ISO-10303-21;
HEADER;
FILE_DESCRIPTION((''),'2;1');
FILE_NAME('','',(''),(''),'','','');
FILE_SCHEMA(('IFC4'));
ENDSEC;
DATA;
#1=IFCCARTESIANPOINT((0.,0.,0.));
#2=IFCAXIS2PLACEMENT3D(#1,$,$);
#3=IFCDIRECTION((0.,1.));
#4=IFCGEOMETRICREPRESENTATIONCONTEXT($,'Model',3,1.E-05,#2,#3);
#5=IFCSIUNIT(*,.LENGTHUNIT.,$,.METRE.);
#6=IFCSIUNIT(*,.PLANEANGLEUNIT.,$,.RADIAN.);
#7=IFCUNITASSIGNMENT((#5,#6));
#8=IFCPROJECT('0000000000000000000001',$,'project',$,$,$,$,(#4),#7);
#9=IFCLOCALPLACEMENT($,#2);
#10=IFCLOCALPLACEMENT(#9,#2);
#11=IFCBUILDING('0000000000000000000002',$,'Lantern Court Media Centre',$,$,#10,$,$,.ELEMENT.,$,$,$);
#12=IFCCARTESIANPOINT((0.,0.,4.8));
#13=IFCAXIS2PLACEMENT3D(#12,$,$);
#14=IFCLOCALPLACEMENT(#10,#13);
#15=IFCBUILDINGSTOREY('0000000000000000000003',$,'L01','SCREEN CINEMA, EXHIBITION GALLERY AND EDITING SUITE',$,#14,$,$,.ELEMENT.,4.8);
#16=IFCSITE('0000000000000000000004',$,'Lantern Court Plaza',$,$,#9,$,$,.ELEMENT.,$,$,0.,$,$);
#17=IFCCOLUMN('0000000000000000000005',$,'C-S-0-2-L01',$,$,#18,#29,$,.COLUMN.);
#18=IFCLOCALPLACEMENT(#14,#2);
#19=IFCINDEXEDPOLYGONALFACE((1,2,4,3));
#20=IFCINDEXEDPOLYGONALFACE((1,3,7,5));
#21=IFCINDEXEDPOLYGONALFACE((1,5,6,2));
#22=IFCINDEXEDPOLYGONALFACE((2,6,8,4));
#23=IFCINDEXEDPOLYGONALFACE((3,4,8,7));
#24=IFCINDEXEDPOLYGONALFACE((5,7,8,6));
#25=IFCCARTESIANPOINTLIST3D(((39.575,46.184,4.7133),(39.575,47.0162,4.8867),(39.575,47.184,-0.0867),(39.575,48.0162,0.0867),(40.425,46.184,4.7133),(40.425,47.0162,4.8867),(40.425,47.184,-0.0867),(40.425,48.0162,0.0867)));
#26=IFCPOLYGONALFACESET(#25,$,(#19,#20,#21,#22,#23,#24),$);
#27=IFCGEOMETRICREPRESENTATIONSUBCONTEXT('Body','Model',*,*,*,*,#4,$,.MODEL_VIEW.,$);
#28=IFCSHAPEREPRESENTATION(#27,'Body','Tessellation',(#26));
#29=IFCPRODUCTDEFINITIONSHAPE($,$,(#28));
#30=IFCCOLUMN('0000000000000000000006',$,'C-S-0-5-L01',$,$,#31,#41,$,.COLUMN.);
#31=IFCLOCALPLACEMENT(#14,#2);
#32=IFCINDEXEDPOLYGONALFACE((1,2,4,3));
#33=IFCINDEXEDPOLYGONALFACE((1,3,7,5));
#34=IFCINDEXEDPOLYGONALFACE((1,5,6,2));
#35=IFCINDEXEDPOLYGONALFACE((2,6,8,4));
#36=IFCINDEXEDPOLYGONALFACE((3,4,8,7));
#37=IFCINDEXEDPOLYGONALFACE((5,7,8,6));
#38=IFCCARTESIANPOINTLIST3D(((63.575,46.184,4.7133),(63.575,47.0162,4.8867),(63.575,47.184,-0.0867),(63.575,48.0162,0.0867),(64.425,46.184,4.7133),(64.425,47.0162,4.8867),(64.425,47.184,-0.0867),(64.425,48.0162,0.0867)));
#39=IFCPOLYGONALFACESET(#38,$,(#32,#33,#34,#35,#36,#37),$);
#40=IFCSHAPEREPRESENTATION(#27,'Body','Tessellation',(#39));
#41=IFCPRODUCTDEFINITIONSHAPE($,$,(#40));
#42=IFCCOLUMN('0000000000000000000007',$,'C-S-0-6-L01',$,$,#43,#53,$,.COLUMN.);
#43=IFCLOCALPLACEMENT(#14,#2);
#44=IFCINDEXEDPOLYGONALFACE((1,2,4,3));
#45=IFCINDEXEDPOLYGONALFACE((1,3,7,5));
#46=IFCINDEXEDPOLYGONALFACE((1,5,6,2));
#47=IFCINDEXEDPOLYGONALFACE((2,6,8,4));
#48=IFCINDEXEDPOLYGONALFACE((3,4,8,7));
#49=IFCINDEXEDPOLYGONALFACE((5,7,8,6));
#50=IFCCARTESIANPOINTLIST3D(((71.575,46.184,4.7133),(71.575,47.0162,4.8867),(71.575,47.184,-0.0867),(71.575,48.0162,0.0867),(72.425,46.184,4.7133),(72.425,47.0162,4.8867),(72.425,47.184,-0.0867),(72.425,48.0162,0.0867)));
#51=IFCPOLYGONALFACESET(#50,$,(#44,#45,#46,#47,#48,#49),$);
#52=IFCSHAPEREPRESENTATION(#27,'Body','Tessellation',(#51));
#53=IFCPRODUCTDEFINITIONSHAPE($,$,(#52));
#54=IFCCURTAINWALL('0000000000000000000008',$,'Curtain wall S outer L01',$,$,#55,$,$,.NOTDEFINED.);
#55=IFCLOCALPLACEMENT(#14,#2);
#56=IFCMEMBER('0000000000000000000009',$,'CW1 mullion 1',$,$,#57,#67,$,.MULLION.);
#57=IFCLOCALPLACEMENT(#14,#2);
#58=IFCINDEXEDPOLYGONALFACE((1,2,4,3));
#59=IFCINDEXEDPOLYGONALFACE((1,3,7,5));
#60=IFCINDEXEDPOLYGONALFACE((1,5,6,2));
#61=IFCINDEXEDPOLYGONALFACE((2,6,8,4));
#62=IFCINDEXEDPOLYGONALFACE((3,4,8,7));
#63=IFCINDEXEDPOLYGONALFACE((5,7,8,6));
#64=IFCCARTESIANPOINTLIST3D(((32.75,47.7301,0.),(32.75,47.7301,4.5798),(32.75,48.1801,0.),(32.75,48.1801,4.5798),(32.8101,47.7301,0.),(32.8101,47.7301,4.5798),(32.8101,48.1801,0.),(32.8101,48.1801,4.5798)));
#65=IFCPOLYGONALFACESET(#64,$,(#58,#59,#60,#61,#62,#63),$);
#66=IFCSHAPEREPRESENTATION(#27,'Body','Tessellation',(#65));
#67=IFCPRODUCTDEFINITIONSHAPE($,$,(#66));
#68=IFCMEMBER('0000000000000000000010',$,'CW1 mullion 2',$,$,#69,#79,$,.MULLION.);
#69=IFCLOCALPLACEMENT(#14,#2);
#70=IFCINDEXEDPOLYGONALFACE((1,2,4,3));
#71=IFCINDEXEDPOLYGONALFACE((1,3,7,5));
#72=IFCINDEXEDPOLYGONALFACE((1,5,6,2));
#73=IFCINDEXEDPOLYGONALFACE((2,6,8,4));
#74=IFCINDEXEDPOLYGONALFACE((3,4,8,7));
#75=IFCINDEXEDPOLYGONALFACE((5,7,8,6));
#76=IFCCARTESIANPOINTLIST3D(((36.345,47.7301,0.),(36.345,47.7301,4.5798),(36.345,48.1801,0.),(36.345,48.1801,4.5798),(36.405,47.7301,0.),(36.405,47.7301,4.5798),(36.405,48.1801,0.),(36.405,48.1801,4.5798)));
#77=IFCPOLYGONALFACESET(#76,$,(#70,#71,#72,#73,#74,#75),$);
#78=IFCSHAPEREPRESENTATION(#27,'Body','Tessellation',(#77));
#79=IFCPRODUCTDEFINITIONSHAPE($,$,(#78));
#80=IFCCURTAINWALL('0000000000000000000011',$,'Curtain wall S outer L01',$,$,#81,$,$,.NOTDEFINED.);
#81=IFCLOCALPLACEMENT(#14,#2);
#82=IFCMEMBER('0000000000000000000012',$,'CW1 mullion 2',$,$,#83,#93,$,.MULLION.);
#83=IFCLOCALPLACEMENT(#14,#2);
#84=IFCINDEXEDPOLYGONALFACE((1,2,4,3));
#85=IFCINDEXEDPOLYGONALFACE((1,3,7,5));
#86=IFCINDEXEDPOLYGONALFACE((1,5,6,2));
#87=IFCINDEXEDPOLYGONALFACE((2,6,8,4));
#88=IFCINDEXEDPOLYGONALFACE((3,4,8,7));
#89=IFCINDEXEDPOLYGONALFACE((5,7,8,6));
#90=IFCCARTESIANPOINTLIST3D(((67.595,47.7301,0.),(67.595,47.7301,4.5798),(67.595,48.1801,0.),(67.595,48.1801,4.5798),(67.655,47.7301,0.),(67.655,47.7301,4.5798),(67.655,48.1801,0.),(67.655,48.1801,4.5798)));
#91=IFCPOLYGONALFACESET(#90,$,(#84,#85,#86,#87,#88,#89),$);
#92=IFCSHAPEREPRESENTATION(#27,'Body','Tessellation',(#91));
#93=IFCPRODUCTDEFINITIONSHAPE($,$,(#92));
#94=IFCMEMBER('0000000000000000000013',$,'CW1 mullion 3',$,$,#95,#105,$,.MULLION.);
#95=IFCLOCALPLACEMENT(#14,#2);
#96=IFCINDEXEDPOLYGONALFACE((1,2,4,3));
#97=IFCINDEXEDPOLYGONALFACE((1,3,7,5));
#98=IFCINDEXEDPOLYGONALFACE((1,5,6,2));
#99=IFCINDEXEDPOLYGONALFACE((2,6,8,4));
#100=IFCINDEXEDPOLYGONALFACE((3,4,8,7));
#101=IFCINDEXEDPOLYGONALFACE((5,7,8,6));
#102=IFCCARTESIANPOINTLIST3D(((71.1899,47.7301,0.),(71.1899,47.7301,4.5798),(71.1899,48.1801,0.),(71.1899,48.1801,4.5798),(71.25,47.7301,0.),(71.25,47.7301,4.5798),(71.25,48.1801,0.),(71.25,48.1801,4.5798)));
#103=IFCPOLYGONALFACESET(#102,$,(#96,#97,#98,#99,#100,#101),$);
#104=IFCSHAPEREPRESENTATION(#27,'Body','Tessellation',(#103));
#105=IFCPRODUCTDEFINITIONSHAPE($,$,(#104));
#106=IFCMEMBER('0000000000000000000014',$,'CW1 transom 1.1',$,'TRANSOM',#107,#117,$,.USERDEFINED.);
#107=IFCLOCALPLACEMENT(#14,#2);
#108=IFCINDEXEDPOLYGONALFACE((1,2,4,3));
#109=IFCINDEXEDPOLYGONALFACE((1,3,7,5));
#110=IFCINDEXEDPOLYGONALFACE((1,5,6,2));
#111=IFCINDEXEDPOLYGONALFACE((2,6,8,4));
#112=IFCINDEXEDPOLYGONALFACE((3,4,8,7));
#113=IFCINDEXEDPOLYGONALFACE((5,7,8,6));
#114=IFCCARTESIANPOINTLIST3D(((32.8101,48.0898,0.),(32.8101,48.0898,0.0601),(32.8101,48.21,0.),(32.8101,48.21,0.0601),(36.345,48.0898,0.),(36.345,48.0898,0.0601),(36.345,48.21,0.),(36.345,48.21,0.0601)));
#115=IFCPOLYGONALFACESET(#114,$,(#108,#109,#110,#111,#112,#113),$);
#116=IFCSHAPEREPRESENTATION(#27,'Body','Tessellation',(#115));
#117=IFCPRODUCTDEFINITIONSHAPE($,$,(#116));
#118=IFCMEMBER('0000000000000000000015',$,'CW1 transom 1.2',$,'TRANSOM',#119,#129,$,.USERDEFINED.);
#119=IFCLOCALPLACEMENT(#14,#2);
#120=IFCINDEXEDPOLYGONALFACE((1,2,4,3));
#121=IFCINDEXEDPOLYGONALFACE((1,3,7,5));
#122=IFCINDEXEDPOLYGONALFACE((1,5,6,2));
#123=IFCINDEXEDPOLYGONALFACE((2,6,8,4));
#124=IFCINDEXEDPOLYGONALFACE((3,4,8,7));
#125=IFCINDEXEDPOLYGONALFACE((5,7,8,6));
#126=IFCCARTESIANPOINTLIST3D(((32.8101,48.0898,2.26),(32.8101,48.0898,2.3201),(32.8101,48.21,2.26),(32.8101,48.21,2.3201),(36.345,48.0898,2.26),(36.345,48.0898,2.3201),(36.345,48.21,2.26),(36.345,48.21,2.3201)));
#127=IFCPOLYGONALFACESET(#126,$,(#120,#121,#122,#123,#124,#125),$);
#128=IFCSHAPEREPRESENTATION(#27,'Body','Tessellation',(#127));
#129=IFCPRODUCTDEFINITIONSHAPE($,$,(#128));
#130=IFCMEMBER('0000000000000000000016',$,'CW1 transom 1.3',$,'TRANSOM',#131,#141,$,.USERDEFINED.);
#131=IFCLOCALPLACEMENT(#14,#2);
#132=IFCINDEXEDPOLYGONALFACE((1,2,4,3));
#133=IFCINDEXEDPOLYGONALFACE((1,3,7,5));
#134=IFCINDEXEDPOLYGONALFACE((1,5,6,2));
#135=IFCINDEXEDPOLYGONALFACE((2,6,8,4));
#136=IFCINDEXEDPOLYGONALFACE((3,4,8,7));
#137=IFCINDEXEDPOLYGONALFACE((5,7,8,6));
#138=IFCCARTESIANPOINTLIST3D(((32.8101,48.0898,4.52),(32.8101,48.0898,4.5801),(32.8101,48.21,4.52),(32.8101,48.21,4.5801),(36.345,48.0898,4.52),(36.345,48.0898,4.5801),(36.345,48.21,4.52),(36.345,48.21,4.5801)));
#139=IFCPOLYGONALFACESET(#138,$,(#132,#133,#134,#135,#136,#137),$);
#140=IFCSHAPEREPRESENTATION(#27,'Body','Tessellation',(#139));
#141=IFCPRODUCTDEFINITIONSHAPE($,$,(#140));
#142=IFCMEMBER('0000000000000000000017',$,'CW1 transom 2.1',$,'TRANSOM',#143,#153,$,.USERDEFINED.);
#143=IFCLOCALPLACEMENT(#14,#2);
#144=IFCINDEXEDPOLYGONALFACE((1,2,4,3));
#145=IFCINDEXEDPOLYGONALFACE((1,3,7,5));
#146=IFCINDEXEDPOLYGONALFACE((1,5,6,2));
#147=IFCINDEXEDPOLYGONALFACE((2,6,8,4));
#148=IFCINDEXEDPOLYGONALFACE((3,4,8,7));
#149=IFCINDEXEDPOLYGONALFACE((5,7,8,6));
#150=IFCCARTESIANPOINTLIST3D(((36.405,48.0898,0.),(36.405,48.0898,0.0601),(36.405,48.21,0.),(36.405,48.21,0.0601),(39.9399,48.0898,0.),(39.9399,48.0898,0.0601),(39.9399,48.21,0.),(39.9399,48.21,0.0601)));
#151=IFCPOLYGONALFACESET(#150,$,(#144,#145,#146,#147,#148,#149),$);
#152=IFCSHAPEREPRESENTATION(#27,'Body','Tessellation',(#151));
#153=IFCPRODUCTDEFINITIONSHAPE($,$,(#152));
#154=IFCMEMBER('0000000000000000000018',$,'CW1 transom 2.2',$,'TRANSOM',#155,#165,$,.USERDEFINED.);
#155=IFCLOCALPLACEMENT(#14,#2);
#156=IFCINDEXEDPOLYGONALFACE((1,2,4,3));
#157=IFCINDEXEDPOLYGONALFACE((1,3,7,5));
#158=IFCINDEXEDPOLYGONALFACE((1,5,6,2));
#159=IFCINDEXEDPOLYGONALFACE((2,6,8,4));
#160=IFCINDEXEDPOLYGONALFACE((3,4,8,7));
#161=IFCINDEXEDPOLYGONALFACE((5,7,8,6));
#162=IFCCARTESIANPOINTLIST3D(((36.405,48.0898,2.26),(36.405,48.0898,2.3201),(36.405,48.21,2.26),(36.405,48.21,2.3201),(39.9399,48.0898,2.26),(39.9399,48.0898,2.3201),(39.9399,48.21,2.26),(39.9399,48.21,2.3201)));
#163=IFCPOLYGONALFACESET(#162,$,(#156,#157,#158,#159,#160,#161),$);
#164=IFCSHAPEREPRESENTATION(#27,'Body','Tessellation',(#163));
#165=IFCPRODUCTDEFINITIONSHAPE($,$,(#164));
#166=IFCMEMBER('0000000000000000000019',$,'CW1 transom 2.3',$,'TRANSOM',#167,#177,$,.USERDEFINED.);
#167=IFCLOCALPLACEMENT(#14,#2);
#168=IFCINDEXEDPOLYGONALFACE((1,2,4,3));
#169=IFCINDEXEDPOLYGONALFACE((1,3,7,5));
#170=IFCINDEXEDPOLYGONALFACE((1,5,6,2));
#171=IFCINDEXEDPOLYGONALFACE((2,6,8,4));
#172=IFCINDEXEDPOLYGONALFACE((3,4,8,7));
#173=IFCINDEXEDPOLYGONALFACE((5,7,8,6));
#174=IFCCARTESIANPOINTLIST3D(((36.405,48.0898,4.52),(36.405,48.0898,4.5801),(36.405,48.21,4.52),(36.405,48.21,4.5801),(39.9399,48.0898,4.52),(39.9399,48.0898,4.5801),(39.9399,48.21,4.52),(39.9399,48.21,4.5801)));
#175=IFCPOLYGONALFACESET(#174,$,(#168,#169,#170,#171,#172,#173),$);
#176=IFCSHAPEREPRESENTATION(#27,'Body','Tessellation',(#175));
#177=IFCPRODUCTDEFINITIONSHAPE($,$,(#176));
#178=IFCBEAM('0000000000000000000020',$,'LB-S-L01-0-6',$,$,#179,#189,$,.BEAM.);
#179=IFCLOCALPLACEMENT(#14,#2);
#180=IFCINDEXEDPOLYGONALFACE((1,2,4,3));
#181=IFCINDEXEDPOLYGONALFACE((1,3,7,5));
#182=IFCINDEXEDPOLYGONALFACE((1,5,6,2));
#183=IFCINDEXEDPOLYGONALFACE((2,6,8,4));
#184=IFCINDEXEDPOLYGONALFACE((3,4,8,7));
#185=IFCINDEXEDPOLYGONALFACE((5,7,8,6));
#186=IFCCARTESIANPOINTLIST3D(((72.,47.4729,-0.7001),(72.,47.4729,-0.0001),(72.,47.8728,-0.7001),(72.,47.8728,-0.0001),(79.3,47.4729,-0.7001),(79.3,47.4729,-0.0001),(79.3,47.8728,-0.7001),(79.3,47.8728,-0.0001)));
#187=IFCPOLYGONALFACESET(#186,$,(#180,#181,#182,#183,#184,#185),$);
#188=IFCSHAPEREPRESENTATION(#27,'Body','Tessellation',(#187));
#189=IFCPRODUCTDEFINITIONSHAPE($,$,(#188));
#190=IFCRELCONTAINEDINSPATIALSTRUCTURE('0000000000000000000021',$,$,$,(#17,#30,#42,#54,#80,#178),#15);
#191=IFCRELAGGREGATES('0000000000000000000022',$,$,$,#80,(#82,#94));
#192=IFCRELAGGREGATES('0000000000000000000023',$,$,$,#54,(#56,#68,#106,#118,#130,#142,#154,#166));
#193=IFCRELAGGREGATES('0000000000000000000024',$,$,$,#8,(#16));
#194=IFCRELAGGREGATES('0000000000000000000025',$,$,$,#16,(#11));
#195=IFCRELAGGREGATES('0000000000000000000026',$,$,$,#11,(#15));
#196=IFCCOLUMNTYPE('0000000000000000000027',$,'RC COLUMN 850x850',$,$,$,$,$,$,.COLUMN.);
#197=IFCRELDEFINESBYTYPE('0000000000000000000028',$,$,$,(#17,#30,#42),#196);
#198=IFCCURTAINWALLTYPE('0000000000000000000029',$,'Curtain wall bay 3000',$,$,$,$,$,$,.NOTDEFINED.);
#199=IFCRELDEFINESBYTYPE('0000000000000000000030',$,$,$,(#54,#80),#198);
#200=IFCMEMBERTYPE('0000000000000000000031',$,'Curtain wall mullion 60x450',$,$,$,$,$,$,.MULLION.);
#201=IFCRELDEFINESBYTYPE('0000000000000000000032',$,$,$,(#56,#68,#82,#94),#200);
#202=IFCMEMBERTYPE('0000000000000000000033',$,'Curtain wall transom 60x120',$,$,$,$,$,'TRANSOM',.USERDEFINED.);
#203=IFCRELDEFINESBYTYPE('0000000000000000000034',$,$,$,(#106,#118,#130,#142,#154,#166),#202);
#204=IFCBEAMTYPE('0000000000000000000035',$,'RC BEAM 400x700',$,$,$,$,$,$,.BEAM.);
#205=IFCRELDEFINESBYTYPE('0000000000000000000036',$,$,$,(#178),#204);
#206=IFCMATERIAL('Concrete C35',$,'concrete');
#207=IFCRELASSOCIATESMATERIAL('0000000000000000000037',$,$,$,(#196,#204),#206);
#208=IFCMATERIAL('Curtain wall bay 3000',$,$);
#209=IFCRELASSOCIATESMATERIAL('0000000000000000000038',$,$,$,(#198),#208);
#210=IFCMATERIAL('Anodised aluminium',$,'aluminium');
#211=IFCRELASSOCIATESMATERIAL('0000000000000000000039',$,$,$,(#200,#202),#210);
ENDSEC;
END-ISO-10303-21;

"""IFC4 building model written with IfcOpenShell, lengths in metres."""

from ifc_helpers import new_model, si_unit, direction, frame, origin, origin_2d, place, context, subcontext, project, spatial, rectangle, extrude, material, material_profile, profile_set, type_object, element, aggregate, save


model = new_model("IFC4")

# Units and contexts
model_context = context("Model", 3, precision=1e-05, world=origin(), true_north=direction((0.0, 1.0)))
body_context = subcontext(model_context, "Body", "Model", "MODEL_VIEW")
ifc_project = project(units=[si_unit("LENGTHUNIT", "METRE"), si_unit("PLANEANGLEUNIT", "RADIAN")], contexts=[model_context])

# Site, building, storey
site_placement = place(None, origin())
site = spatial("IfcSite", under=ifc_project, at=site_placement, Name="Lantern Court Plaza", CompositionType="ELEMENT", RefElevation=0.0)
building_placement = place(site_placement, origin())
building = spatial("IfcBuilding", under=site, at=building_placement, Name="Lantern Court Media Centre", CompositionType="ELEMENT")
storey_placement = place(building_placement, frame((0.0, 0.0, 4.8)))
storey = spatial("IfcBuildingStorey", under=building, at=storey_placement, Name="L01", Description="SCREEN CINEMA, EXHIBITION GALLERY AND EDITING SUITE", CompositionType="ELEMENT", Elevation=4.8)

# Columns
ifc_material_1 = material(Name="Concrete C35", Category="concrete")
ifc_material_profile_1 = material_profile(ifc_material_1, rectangle(XDim=0.8501, YDim=0.8501, at=origin_2d()), Name="RC 850x850")
ifc_profile_set_1 = profile_set([ifc_material_profile_1], Name="Concrete C35")
column_type = type_object("IfcColumnType", Name="RC COLUMN 850x850", PredefinedType="COLUMN", material=ifc_profile_set_1)
for number, where, z_axis, x_axis, name in (
    (1, (40.0, 47.6001, 0.0), (0.0, -0.203952, 0.978981), (1.0, 0.0, 0.0), "C-S-0-2-L01"),
    (2, (64.0, 47.6001, 0.0), (0.0, -0.203952, 0.978981), (1.0, 0.0, 0.0), "C-S-0-5-L01"),
    (3, (72.0, 47.6001, 0.0), (0.0, -0.203952, 0.978981), (1.0, 0.0, 0.0), "C-S-0-6-L01"),
):
    element("IfcColumn", number, at=place(storey_placement, frame(where, z_axis=z_axis, x_axis=x_axis)), inside=storey, type_object=column_type, Name=name, PredefinedType="COLUMN", context=body_context, shape_type="SweptSolid", body=[
        extrude(rectangle(XDim=0.8501, YDim=0.8501, at=origin_2d()), origin(), (0.0, 0.0, 1.0), 4.9031),
    ])

# Curtain walls, members
ifc_material_2 = material(Name="Curtain wall bay 3000")
curtain_wall_type = type_object("IfcCurtainWallType", Name="Curtain wall bay 3000", PredefinedType="NOTDEFINED", material=ifc_material_2)
curtain_wall_1_placement = place(storey_placement, origin())
curtain_wall_1 = element("IfcCurtainWall", 4, at=curtain_wall_1_placement, inside=storey, type_object=curtain_wall_type, Name="Curtain wall S outer L01", PredefinedType="NOTDEFINED")
ifc_material_3 = material(Name="Anodised aluminium", Category="aluminium")
ifc_material_profile_2 = material_profile(ifc_material_3, rectangle(XDim=0.45, YDim=0.0601, at=origin_2d()), Name="AL 60x450")
ifc_profile_set_2 = profile_set([ifc_material_profile_2], Name="Anodised aluminium")
member_type_1 = type_object("IfcMemberType", Name="Curtain wall mullion 60x450", PredefinedType="MULLION", material=ifc_profile_set_2)
member_1_placement = place(storey_placement, frame((32.78, 47.9551, 0.0), z_axis=(0.0, 0.0, 1.0), x_axis=(0.0, 1.0, 0.0)))
member_1 = element("IfcMember", 5, at=member_1_placement, type_object=member_type_1, Name="CW1 mullion 1", PredefinedType="MULLION", context=body_context, shape_type="SweptSolid", body=[
    extrude(rectangle(XDim=0.45, YDim=0.0601, at=origin_2d()), origin(), (0.0, 0.0, 1.0), 4.5798),
])
member_2_placement = place(storey_placement, frame((36.375, 47.9551, 0.0), z_axis=(0.0, 0.0, 1.0), x_axis=(0.0, 1.0, 0.0)))
member_2 = element("IfcMember", 6, at=member_2_placement, type_object=member_type_1, Name="CW1 mullion 2", PredefinedType="MULLION", context=body_context, shape_type="SweptSolid", body=[
    extrude(rectangle(XDim=0.45, YDim=0.0601, at=origin_2d()), origin(), (0.0, 0.0, 1.0), 4.5798),
])
curtain_wall_2_placement = place(storey_placement, origin())
curtain_wall_2 = element("IfcCurtainWall", 7, at=curtain_wall_2_placement, inside=storey, type_object=curtain_wall_type, Name="Curtain wall S outer L01", PredefinedType="NOTDEFINED")
member_3_placement = place(storey_placement, frame((67.625, 47.9551, 0.0), z_axis=(0.0, 0.0, 1.0), x_axis=(0.0, 1.0, 0.0)))
member_3 = element("IfcMember", 8, at=member_3_placement, type_object=member_type_1, Name="CW1 mullion 2", PredefinedType="MULLION", context=body_context, shape_type="SweptSolid", body=[
    extrude(rectangle(XDim=0.45, YDim=0.0601, at=origin_2d()), origin(), (0.0, 0.0, 1.0), 4.5798),
])
member_4_placement = place(storey_placement, frame((71.22, 47.9551, 0.0), z_axis=(0.0, 0.0, 1.0), x_axis=(0.0, 1.0, 0.0)))
member_4 = element("IfcMember", 9, at=member_4_placement, type_object=member_type_1, Name="CW1 mullion 3", PredefinedType="MULLION", context=body_context, shape_type="SweptSolid", body=[
    extrude(rectangle(XDim=0.45, YDim=0.0601, at=origin_2d()), origin(), (0.0, 0.0, 1.0), 4.5798),
])
aggregate(curtain_wall_2, [member_3, member_4])

# Members
ifc_material_profile_3 = material_profile(ifc_material_3, rectangle(XDim=0.1201, YDim=0.0601, at=origin_2d()), Name="AL 60x120")
ifc_profile_set_3 = profile_set([ifc_material_profile_3], Name="Anodised aluminium")
member_type_2 = type_object("IfcMemberType", Name="Curtain wall transom 60x120", ElementType="TRANSOM", PredefinedType="USERDEFINED", material=ifc_profile_set_3)
member_5_placement = place(storey_placement, frame((32.8101, 48.1499, 0.03), z_axis=(1.0, 0.0, 0.0), x_axis=(0.0, 1.0, 0.0)))
member_5 = element("IfcMember", 10, at=member_5_placement, type_object=member_type_2, Name="CW1 transom 1.1", ObjectType="TRANSOM", PredefinedType="USERDEFINED", context=body_context, shape_type="SweptSolid", body=[
    extrude(rectangle(XDim=0.1201, YDim=0.0601, at=origin_2d()), origin(), (0.0, 0.0, 1.0), 3.5349),
])
member_6_placement = place(storey_placement, frame((32.8101, 48.1499, 2.29), z_axis=(1.0, 0.0, 0.0), x_axis=(0.0, 1.0, 0.0)))
member_6 = element("IfcMember", 11, at=member_6_placement, type_object=member_type_2, Name="CW1 transom 1.2", ObjectType="TRANSOM", PredefinedType="USERDEFINED", context=body_context, shape_type="SweptSolid", body=[
    extrude(rectangle(XDim=0.1201, YDim=0.0601, at=origin_2d()), origin(), (0.0, 0.0, 1.0), 3.5349),
])
member_7_placement = place(storey_placement, frame((32.8101, 48.1499, 4.55), z_axis=(1.0, 0.0, 0.0), x_axis=(0.0, 1.0, 0.0)))
member_7 = element("IfcMember", 12, at=member_7_placement, type_object=member_type_2, Name="CW1 transom 1.3", ObjectType="TRANSOM", PredefinedType="USERDEFINED", context=body_context, shape_type="SweptSolid", body=[
    extrude(rectangle(XDim=0.1201, YDim=0.0601, at=origin_2d()), origin(), (0.0, 0.0, 1.0), 3.5349),
])
member_8_placement = place(storey_placement, frame((36.405, 48.1499, 0.03), z_axis=(1.0, 0.0, 0.0), x_axis=(0.0, 1.0, 0.0)))
member_8 = element("IfcMember", 13, at=member_8_placement, type_object=member_type_2, Name="CW1 transom 2.1", ObjectType="TRANSOM", PredefinedType="USERDEFINED", context=body_context, shape_type="SweptSolid", body=[
    extrude(rectangle(XDim=0.1201, YDim=0.0601, at=origin_2d()), origin(), (0.0, 0.0, 1.0), 3.5349),
])
member_9_placement = place(storey_placement, frame((36.405, 48.1499, 2.29), z_axis=(1.0, 0.0, 0.0), x_axis=(0.0, 1.0, 0.0)))
member_9 = element("IfcMember", 14, at=member_9_placement, type_object=member_type_2, Name="CW1 transom 2.2", ObjectType="TRANSOM", PredefinedType="USERDEFINED", context=body_context, shape_type="SweptSolid", body=[
    extrude(rectangle(XDim=0.1201, YDim=0.0601, at=origin_2d()), origin(), (0.0, 0.0, 1.0), 3.5349),
])
member_10_placement = place(storey_placement, frame((36.405, 48.1499, 4.55), z_axis=(1.0, 0.0, 0.0), x_axis=(0.0, 1.0, 0.0)))
member_10 = element("IfcMember", 15, at=member_10_placement, type_object=member_type_2, Name="CW1 transom 2.3", ObjectType="TRANSOM", PredefinedType="USERDEFINED", context=body_context, shape_type="SweptSolid", body=[
    extrude(rectangle(XDim=0.1201, YDim=0.0601, at=origin_2d()), origin(), (0.0, 0.0, 1.0), 3.5349),
])

# Beam
ifc_material_profile_4 = material_profile(ifc_material_1, rectangle(XDim=0.3999, YDim=0.7, at=origin_2d()), Name="RC 400x700")
ifc_profile_set_4 = profile_set([ifc_material_profile_4], Name="Concrete C35")
beam_type_1 = type_object("IfcBeamType", Name="RC BEAM 400x700", PredefinedType="BEAM", material=ifc_profile_set_4)
beam_1_placement = place(storey_placement, frame((72.0, 47.6729, -0.3501), z_axis=(1.0, 0.0, 0.0), x_axis=(0.0, 1.0, 0.0)))
element("IfcBeam", 16, at=beam_1_placement, inside=storey, type_object=beam_type_1, Name="LB-S-L01-0-6", PredefinedType="BEAM", context=body_context, shape_type="SweptSolid", body=[
    extrude(rectangle(XDim=0.3999, YDim=0.7, at=origin_2d()), origin(), (0.0, 0.0, 1.0), 7.3),
])

aggregate(curtain_wall_1, [member_1, member_2, member_5, member_6, member_7, member_8, member_9, member_10])

save(model, "model.ifc")
